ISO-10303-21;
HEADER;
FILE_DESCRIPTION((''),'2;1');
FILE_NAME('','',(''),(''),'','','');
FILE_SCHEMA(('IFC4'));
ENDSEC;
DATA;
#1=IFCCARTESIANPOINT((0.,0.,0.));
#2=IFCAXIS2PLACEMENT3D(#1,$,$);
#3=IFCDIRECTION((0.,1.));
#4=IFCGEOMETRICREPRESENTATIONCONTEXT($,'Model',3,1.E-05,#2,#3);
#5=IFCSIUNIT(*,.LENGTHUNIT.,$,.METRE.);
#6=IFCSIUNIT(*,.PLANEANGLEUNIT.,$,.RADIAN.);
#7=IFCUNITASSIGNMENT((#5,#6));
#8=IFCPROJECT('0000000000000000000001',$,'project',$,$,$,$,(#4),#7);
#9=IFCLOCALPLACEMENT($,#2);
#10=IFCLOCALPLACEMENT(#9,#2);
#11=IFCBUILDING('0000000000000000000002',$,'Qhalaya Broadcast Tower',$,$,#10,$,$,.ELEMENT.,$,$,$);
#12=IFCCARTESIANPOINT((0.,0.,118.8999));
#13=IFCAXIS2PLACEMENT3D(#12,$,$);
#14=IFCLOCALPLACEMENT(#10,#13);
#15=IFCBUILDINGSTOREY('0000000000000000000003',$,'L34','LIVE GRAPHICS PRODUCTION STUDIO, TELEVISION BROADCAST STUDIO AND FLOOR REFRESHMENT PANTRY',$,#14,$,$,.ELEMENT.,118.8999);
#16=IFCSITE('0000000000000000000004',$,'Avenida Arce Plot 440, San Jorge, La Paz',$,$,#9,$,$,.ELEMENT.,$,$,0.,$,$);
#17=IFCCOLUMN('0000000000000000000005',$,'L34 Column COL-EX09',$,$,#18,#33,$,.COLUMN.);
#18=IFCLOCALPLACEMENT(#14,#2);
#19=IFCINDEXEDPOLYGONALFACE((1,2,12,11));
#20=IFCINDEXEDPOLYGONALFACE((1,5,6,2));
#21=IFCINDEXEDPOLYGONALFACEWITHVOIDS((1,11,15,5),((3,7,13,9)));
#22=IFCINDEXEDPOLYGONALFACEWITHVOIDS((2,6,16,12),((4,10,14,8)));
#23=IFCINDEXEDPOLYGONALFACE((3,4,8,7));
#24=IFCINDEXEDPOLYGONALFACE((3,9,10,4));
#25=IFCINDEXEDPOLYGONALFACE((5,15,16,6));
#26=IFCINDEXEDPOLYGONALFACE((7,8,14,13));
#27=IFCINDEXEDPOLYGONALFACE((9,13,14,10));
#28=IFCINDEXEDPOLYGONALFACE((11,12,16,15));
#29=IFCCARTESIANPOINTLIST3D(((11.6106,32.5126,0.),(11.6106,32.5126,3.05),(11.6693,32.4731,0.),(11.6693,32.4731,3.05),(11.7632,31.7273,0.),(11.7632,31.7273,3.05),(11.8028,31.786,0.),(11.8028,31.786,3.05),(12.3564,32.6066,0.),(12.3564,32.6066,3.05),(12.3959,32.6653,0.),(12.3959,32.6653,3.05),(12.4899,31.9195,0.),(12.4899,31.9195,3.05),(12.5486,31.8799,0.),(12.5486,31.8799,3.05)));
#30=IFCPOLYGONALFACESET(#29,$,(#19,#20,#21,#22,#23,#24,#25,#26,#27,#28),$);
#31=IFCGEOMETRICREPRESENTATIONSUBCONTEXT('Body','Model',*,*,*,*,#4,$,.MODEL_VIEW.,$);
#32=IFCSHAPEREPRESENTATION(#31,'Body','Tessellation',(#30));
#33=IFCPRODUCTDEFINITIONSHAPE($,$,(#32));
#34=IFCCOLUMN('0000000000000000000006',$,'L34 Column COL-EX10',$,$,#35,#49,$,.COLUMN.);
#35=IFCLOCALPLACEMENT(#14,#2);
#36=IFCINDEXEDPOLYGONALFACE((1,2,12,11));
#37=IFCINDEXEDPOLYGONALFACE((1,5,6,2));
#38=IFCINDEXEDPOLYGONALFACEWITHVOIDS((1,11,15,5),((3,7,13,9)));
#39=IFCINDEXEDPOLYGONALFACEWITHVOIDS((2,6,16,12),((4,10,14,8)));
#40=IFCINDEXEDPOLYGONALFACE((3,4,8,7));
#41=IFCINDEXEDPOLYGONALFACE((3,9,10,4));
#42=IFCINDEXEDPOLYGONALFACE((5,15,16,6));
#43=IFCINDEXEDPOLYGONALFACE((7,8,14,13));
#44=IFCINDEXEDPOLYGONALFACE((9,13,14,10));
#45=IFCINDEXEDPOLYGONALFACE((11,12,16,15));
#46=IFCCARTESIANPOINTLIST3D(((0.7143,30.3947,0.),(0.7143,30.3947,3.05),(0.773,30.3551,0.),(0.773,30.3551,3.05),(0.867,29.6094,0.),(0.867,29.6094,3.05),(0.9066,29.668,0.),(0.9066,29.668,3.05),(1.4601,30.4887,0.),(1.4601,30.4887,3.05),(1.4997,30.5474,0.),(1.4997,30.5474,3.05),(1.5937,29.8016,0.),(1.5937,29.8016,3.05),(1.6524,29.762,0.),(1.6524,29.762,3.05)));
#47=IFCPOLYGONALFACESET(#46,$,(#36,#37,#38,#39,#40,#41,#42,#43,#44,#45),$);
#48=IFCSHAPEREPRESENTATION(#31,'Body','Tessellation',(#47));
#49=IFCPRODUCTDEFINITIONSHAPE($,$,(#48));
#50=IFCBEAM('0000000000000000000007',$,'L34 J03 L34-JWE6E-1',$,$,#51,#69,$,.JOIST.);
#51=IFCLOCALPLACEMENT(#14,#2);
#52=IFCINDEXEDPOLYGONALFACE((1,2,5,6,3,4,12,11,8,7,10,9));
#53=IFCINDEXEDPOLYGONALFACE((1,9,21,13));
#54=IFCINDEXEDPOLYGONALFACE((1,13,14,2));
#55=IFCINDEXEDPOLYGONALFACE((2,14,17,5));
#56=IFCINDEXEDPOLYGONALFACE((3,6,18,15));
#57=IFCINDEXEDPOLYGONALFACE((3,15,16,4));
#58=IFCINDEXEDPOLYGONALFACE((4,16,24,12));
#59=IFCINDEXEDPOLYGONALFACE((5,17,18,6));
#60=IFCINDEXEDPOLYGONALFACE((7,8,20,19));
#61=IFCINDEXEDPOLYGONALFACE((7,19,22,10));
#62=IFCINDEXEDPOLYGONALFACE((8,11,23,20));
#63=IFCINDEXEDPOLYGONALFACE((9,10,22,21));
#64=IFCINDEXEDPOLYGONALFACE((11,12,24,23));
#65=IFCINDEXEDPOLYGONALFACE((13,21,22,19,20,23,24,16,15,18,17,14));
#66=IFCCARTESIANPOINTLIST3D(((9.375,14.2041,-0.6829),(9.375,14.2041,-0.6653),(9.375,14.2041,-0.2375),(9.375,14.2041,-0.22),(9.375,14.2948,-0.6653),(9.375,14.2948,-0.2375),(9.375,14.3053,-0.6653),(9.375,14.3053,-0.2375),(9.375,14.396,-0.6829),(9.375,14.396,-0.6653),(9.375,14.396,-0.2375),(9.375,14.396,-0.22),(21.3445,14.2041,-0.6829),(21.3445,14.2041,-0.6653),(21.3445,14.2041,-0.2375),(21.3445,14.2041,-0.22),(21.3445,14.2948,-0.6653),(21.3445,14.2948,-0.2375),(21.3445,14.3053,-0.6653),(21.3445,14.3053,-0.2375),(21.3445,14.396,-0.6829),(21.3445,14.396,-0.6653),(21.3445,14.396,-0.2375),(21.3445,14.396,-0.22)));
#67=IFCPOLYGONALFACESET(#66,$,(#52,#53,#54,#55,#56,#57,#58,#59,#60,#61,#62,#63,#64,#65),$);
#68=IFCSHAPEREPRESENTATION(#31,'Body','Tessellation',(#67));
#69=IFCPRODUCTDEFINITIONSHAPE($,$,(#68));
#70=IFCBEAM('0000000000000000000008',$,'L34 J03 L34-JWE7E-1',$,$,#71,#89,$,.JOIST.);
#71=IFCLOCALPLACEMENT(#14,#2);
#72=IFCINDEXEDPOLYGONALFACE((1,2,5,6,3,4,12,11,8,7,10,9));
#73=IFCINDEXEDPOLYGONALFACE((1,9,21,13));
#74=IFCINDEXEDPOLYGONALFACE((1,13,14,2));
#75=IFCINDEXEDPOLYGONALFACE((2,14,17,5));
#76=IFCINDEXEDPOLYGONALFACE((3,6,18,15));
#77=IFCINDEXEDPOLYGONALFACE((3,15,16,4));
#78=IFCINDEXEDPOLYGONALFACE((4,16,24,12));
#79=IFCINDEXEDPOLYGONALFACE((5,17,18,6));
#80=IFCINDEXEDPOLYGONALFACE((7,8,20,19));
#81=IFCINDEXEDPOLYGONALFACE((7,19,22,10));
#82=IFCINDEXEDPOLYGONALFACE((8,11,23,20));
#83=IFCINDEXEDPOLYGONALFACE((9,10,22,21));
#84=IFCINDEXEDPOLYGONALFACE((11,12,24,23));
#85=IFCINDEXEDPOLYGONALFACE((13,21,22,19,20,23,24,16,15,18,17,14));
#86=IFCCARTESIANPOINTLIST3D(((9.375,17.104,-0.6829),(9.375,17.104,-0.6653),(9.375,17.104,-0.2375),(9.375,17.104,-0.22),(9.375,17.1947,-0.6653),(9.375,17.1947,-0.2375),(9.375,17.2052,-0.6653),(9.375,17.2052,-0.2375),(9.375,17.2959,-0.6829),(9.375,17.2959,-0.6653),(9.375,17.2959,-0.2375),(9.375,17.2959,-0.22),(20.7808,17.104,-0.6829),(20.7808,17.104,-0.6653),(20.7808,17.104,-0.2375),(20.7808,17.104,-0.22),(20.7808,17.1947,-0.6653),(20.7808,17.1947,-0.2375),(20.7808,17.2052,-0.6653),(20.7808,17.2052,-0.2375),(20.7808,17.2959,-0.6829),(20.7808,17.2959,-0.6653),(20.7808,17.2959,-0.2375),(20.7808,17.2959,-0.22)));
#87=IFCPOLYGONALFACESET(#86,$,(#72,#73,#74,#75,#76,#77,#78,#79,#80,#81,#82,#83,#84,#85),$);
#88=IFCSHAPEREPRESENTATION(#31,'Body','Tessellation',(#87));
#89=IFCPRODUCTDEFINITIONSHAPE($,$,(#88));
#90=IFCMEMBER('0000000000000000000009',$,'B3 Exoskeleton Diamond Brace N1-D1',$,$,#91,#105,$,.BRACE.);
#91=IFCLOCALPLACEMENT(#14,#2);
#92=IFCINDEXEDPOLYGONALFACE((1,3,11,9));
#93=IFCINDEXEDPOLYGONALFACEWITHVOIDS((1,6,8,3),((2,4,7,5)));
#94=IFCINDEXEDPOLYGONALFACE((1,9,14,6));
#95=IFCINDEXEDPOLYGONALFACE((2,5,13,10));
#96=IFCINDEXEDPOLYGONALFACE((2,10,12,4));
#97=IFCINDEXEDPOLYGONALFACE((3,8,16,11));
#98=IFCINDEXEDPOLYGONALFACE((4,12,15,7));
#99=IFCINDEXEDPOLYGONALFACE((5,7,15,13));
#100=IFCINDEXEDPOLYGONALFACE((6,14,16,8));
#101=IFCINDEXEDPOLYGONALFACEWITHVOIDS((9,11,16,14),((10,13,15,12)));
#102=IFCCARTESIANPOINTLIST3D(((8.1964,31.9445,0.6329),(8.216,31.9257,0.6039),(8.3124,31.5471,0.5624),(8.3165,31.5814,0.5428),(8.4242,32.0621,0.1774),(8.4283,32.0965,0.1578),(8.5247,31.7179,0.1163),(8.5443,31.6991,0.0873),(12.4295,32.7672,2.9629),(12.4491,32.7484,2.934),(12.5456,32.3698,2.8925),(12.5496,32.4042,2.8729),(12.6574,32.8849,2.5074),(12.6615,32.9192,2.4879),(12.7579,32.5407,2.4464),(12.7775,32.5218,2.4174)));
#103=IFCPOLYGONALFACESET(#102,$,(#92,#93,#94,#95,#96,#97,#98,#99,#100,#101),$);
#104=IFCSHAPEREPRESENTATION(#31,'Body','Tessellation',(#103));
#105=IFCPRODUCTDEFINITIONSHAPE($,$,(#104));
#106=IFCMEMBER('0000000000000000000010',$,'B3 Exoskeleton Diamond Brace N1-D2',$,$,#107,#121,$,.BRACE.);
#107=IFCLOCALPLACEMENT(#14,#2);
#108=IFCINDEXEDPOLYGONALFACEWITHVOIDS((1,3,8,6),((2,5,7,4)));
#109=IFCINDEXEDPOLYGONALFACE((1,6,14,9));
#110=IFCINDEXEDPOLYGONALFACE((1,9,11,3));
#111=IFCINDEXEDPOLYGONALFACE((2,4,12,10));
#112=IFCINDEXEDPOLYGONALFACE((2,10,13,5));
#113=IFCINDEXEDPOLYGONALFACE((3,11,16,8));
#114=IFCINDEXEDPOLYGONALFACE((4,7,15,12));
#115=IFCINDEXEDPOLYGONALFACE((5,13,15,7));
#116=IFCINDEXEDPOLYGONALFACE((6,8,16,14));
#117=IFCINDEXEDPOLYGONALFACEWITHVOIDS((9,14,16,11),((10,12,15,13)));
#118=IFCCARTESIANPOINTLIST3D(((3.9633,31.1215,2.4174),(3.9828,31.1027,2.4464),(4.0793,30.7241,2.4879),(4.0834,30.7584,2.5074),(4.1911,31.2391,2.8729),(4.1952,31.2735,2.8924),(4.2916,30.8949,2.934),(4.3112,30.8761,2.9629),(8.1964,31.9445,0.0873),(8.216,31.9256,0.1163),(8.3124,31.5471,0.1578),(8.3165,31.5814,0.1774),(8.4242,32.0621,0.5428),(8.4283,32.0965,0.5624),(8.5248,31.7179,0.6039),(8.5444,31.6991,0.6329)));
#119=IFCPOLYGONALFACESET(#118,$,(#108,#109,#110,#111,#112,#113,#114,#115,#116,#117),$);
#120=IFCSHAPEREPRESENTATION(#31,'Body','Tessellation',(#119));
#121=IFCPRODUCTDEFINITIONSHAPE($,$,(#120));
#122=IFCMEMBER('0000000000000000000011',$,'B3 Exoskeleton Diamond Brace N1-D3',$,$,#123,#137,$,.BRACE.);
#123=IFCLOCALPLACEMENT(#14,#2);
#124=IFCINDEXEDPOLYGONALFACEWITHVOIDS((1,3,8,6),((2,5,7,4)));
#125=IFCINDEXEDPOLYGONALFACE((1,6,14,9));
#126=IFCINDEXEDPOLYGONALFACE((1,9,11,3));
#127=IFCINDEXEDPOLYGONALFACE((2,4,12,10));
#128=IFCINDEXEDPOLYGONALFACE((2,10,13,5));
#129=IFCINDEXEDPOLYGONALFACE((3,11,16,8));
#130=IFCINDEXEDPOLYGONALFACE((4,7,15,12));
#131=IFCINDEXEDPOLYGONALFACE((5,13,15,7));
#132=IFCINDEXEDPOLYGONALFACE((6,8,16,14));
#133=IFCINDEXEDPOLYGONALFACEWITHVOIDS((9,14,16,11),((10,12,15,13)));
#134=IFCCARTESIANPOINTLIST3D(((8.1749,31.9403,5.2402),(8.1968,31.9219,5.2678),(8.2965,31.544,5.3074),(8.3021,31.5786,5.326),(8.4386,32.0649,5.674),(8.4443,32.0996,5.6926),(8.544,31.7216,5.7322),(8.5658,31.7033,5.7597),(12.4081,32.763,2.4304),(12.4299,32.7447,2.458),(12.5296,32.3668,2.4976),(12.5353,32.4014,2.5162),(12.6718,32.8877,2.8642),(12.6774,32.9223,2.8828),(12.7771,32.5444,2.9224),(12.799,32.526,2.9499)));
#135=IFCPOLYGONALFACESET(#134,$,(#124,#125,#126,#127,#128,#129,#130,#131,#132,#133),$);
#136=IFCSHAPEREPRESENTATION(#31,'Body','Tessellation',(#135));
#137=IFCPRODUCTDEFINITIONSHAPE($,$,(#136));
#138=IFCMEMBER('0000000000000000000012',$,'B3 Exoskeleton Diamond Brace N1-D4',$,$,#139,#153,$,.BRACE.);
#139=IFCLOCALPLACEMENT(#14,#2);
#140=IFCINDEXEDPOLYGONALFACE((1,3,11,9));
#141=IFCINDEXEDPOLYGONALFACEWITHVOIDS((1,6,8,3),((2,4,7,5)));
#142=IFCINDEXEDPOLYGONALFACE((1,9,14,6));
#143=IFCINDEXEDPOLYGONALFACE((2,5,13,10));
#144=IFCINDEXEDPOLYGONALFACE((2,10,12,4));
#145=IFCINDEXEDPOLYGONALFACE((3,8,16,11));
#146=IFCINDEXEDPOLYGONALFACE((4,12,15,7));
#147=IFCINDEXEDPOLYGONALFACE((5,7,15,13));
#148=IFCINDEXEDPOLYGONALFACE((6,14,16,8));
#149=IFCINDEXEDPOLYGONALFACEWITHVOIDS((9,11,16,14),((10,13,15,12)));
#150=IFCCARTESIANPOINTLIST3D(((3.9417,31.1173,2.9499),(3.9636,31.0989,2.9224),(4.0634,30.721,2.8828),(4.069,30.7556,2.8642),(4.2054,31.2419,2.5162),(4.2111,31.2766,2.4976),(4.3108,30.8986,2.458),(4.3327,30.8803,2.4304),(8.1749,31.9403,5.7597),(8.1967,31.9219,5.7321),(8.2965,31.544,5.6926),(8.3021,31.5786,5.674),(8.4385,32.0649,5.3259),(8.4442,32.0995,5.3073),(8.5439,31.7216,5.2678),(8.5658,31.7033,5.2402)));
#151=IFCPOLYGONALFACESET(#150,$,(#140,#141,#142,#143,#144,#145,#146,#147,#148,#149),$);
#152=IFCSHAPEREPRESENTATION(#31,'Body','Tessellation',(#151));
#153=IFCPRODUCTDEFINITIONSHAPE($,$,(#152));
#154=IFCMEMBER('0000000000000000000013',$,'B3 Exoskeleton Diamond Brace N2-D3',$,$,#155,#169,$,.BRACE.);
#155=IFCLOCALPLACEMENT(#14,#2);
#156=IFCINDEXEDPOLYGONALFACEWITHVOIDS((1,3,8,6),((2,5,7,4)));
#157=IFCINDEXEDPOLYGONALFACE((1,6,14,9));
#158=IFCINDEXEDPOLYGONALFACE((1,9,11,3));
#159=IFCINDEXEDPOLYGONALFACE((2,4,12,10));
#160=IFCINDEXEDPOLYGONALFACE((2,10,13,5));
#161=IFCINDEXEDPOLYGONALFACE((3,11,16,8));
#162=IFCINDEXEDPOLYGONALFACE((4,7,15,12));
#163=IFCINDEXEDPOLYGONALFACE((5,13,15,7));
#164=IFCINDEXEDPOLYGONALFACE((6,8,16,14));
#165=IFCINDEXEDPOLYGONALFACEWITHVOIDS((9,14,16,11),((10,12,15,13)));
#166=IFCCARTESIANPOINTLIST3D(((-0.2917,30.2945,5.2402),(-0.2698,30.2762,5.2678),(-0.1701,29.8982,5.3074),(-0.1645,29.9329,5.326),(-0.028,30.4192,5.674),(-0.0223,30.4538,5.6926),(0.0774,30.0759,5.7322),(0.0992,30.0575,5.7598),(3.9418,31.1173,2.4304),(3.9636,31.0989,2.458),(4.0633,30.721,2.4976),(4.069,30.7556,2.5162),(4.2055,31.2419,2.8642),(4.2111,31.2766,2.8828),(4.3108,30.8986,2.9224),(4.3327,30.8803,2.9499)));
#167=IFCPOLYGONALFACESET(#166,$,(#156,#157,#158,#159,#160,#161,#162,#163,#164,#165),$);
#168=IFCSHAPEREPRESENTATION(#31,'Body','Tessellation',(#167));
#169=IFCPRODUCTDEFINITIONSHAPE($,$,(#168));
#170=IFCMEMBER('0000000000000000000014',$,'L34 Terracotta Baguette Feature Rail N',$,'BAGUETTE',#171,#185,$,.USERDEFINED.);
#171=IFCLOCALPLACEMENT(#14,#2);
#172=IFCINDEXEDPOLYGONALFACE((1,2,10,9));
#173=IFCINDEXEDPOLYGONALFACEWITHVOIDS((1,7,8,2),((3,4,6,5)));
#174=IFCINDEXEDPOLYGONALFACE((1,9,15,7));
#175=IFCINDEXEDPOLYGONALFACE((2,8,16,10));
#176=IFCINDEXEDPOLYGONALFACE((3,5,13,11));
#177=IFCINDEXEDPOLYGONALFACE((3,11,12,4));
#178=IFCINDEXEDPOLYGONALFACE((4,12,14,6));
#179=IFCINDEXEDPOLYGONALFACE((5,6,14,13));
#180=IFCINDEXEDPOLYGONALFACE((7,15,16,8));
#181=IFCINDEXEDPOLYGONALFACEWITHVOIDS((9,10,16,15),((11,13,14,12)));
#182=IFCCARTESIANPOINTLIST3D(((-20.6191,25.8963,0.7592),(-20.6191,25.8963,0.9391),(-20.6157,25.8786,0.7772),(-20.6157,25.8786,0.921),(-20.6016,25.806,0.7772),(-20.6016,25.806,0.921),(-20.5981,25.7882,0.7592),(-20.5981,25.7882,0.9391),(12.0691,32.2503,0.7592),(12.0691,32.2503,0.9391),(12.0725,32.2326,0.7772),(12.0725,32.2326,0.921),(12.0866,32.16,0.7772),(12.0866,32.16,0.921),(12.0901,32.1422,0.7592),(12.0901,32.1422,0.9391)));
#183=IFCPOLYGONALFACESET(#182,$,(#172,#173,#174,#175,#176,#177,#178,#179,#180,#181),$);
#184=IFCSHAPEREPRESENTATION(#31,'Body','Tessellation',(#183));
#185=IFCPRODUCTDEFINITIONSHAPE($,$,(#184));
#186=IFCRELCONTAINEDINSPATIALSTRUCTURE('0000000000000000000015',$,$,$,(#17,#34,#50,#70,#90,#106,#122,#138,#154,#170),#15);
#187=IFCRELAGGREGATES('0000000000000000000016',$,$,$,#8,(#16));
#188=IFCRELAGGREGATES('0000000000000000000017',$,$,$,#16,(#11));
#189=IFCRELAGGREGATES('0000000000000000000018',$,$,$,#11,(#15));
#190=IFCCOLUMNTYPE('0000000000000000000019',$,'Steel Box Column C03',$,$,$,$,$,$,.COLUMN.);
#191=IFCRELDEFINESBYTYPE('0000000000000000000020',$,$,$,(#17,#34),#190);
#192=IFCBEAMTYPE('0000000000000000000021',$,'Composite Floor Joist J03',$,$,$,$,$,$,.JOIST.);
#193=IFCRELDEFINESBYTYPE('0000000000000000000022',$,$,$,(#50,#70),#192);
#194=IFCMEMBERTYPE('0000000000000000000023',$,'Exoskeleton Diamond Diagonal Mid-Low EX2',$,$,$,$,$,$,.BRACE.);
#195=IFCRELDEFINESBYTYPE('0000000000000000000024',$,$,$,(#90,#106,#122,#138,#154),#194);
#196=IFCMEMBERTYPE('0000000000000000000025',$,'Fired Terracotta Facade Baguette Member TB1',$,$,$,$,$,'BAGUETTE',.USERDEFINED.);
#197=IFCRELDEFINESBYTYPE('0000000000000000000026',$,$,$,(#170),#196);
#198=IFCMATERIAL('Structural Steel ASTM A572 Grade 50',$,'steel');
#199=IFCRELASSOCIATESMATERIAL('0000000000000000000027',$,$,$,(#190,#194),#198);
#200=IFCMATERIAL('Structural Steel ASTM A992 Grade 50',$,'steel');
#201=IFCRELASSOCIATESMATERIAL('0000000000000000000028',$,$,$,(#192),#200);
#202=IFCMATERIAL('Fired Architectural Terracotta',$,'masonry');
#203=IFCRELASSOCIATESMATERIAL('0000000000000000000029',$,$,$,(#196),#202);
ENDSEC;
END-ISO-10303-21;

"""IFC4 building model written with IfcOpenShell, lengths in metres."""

from ifc_helpers import new_model, si_unit, direction, frame, origin, origin_2d, place, context, subcontext, project, spatial, hollow_rectangle, i_section, extrude, material, material_profile, profile_set, type_object, element, save


model = new_model("IFC4")

# Units and contexts
model_context = context("Model", 3, precision=1e-05, world=origin(), true_north=direction((0.0, 1.0)))
body_context = subcontext(model_context, "Body", "Model", "MODEL_VIEW")
ifc_project = project(units=[si_unit("LENGTHUNIT", "METRE"), si_unit("PLANEANGLEUNIT", "RADIAN")], contexts=[model_context])

# Site, building, storey
site_placement = place(None, origin())
site = spatial("IfcSite", under=ifc_project, at=site_placement, Name="Avenida Arce Plot 440, San Jorge, La Paz", CompositionType="ELEMENT", RefElevation=0.0)
building_placement = place(site_placement, origin())
building = spatial("IfcBuilding", under=site, at=building_placement, Name="Qhalaya Broadcast Tower", CompositionType="ELEMENT")
storey_placement = place(building_placement, frame((0.0, 0.0, 118.8999)))
storey = spatial("IfcBuildingStorey", under=building, at=storey_placement, Name="L34", Description="LIVE GRAPHICS PRODUCTION STUDIO, TELEVISION BROADCAST STUDIO AND FLOOR REFRESHMENT PANTRY", CompositionType="ELEMENT", Elevation=118.8999)

# Columns
ifc_material_1 = material(Name="Structural Steel ASTM A572 Grade 50", Category="steel")
ifc_material_profile_1 = material_profile(ifc_material_1, hollow_rectangle(XDim=0.8, YDim=0.8, WallThickness=0.05, at=origin_2d()), Name="BOX 800x800x50")
ifc_profile_set_1 = profile_set([ifc_material_profile_1], Name="Structural Steel ASTM A572 Grade 50")
column_type = type_object("IfcColumnType", Name="Steel Box Column C03", PredefinedType="COLUMN", material=ifc_profile_set_1)
for number, where, z_axis, x_axis, name in (
    (1, (12.0796, 32.1963, 0.0), (0.0, 0.0, 1.0), (0.981627, 0.190809, 0.0), "L34 Column COL-EX09"),
    (2, (1.1833, 30.0784, 0.0), (0.0, 0.0, 1.0), (0.981627, 0.190809, 0.0), "L34 Column COL-EX10"),
):
    element("IfcColumn", number, at=place(storey_placement, frame(where, z_axis=z_axis, x_axis=x_axis)), inside=storey, type_object=column_type, Name=name, PredefinedType="COLUMN", context=body_context, shape_type="SweptSolid", body=[
        extrude(hollow_rectangle(XDim=0.8, YDim=0.8, WallThickness=0.05, at=origin_2d()), origin(), (0.0, 0.0, 1.0), 3.05),
    ])

# Beams
ifc_material_2 = material(Name="Structural Steel ASTM A992 Grade 50", Category="steel")
ifc_material_profile_2 = material_profile(ifc_material_2, i_section(OverallWidth=0.1919, OverallDepth=0.4629, WebThickness=0.0105, FlangeThickness=0.0176, at=origin_2d()), Name="W18X60")
ifc_profile_set_2 = profile_set([ifc_material_profile_2], Name="Structural Steel ASTM A992 Grade 50")
beam_type_1 = type_object("IfcBeamType", Name="Composite Floor Joist J03", PredefinedType="JOIST", material=ifc_profile_set_2)
beam_1_placement = place(storey_placement, frame((9.375, 14.3, -0.4514), z_axis=(1.0, 0.0, 0.0), x_axis=(0.0, 1.0, 0.0)))
element("IfcBeam", 3, at=beam_1_placement, inside=storey, type_object=beam_type_1, Name="L34 J03 L34-JWE6E-1", PredefinedType="JOIST", context=body_context, shape_type="SweptSolid", body=[
    extrude(i_section(OverallWidth=0.1919, OverallDepth=0.4629, WebThickness=0.0105, FlangeThickness=0.0176, at=origin_2d()), origin(), (0.0, 0.0, 1.0), 11.9695),
])
beam_2_placement = place(storey_placement, frame((9.375, 17.2, -0.4514), z_axis=(1.0, 0.0, 0.0), x_axis=(0.0, 1.0, 0.0)))
element("IfcBeam", 4, at=beam_2_placement, inside=storey, type_object=beam_type_1, Name="L34 J03 L34-JWE7E-1", PredefinedType="JOIST", context=body_context, shape_type="SweptSolid", body=[
    extrude(i_section(OverallWidth=0.1919, OverallDepth=0.4629, WebThickness=0.0105, FlangeThickness=0.0176, at=origin_2d()), origin(), (0.0, 0.0, 1.0), 11.4058),
])

# Members
ifc_material_profile_3 = material_profile(ifc_material_1, hollow_rectangle(XDim=0.4199, YDim=0.55, WallThickness=0.0281, at=origin_2d()), Name="BOX 420x550x28")
ifc_profile_set_3 = profile_set([ifc_material_profile_3], Name="Structural Steel ASTM A572 Grade 50")
member_type_1 = type_object("IfcMemberType", Name="Exoskeleton Diamond Diagonal Mid-Low EX2", PredefinedType="BRACE", material=ifc_profile_set_3)
for number, where, z_axis, x_axis, name in (
    (5, (8.3704, 31.8218, 0.3601), (0.863625, 0.167854, 0.47537), (-0.276323, 0.94629, 0.167871), "B3 Exoskeleton Diamond Brace N1-D1"),
    (6, (8.3704, 31.8218, 0.3601), (-0.863618, -0.167902, 0.475366), (0.276375, -0.946275, 0.167871), "B3 Exoskeleton Diamond Brace N1-D2"),
):
    element("IfcMember", number, at=place(storey_placement, frame(where, z_axis=z_axis, x_axis=x_axis)), inside=storey, type_object=member_type_1, Name=name, PredefinedType="BRACE", context=body_context, shape_type="SweptSolid", body=[
        extrude(hollow_rectangle(XDim=0.4199, YDim=0.55, WallThickness=0.0281, at=origin_2d()), origin(), (0.0, 0.0, 1.0), 4.9016),
    ])
for number, where, z_axis, x_axis, name in (
    (7, (12.6035, 32.6445, 2.6902), (-0.822451, -0.159851, 0.545913), (0.289536, -0.943722, 0.159868), "B3 Exoskeleton Diamond Brace N1-D3"),
    (8, (4.1372, 30.9988, 2.6902), (0.822445, 0.159897, 0.545909), (-0.289587, 0.943706, 0.159868), "B3 Exoskeleton Diamond Brace N1-D4"),
):
    element("IfcMember", number, at=place(storey_placement, frame(where, z_axis=z_axis, x_axis=x_axis)), inside=storey, type_object=member_type_1, Name=name, PredefinedType="BRACE", context=body_context, shape_type="SweptSolid", body=[
        extrude(hollow_rectangle(XDim=0.4199, YDim=0.55, WallThickness=0.0281, at=origin_2d()), origin(), (0.0, 0.0, 1.0), 5.147),
    ])
member_1_placement = place(storey_placement, frame((4.1372, 30.9988, 2.6902), z_axis=(-0.822467, -0.159845, 0.545892), x_axis=(0.289522, -0.943726, 0.15987)))
element("IfcMember", 9, at=member_1_placement, inside=storey, type_object=member_type_1, Name="B3 Exoskeleton Diamond Brace N2-D3", PredefinedType="BRACE", context=body_context, shape_type="SweptSolid", body=[
    extrude(hollow_rectangle(XDim=0.4199, YDim=0.55, WallThickness=0.0281, at=origin_2d()), origin(), (0.0, 0.0, 1.0), 5.1472),
])
ifc_material_3 = material(Name="Fired Architectural Terracotta", Category="masonry")
ifc_material_profile_4 = material_profile(ifc_material_3, hollow_rectangle(XDim=0.1101, YDim=0.1799, WallThickness=0.0181, at=origin_2d()), Name="TB-BAG 110x180x18")
ifc_profile_set_4 = profile_set([ifc_material_profile_4], Name="Fired Architectural Terracotta")
member_type_2 = type_object("IfcMemberType", Name="Fired Terracotta Facade Baguette Member TB1", ElementType="BAGUETTE", PredefinedType="USERDEFINED", material=ifc_profile_set_4)
member_2_placement = place(storey_placement, frame((12.0796, 32.1963, 0.8491), z_axis=(-0.981627, -0.190811, 0.0), x_axis=(0.190811, -0.981627, 0.0)))
element("IfcMember", 10, at=member_2_placement, inside=storey, type_object=member_type_2, Name="L34 Terracotta Baguette Feature Rail N", ObjectType="BAGUETTE", PredefinedType="USERDEFINED", context=body_context, shape_type="SweptSolid", body=[
    extrude(hollow_rectangle(XDim=0.1101, YDim=0.1799, WallThickness=0.0181, at=origin_2d()), origin(), (0.0, 0.0, 1.0), 33.3),
])

save(model, "model.ifc")
